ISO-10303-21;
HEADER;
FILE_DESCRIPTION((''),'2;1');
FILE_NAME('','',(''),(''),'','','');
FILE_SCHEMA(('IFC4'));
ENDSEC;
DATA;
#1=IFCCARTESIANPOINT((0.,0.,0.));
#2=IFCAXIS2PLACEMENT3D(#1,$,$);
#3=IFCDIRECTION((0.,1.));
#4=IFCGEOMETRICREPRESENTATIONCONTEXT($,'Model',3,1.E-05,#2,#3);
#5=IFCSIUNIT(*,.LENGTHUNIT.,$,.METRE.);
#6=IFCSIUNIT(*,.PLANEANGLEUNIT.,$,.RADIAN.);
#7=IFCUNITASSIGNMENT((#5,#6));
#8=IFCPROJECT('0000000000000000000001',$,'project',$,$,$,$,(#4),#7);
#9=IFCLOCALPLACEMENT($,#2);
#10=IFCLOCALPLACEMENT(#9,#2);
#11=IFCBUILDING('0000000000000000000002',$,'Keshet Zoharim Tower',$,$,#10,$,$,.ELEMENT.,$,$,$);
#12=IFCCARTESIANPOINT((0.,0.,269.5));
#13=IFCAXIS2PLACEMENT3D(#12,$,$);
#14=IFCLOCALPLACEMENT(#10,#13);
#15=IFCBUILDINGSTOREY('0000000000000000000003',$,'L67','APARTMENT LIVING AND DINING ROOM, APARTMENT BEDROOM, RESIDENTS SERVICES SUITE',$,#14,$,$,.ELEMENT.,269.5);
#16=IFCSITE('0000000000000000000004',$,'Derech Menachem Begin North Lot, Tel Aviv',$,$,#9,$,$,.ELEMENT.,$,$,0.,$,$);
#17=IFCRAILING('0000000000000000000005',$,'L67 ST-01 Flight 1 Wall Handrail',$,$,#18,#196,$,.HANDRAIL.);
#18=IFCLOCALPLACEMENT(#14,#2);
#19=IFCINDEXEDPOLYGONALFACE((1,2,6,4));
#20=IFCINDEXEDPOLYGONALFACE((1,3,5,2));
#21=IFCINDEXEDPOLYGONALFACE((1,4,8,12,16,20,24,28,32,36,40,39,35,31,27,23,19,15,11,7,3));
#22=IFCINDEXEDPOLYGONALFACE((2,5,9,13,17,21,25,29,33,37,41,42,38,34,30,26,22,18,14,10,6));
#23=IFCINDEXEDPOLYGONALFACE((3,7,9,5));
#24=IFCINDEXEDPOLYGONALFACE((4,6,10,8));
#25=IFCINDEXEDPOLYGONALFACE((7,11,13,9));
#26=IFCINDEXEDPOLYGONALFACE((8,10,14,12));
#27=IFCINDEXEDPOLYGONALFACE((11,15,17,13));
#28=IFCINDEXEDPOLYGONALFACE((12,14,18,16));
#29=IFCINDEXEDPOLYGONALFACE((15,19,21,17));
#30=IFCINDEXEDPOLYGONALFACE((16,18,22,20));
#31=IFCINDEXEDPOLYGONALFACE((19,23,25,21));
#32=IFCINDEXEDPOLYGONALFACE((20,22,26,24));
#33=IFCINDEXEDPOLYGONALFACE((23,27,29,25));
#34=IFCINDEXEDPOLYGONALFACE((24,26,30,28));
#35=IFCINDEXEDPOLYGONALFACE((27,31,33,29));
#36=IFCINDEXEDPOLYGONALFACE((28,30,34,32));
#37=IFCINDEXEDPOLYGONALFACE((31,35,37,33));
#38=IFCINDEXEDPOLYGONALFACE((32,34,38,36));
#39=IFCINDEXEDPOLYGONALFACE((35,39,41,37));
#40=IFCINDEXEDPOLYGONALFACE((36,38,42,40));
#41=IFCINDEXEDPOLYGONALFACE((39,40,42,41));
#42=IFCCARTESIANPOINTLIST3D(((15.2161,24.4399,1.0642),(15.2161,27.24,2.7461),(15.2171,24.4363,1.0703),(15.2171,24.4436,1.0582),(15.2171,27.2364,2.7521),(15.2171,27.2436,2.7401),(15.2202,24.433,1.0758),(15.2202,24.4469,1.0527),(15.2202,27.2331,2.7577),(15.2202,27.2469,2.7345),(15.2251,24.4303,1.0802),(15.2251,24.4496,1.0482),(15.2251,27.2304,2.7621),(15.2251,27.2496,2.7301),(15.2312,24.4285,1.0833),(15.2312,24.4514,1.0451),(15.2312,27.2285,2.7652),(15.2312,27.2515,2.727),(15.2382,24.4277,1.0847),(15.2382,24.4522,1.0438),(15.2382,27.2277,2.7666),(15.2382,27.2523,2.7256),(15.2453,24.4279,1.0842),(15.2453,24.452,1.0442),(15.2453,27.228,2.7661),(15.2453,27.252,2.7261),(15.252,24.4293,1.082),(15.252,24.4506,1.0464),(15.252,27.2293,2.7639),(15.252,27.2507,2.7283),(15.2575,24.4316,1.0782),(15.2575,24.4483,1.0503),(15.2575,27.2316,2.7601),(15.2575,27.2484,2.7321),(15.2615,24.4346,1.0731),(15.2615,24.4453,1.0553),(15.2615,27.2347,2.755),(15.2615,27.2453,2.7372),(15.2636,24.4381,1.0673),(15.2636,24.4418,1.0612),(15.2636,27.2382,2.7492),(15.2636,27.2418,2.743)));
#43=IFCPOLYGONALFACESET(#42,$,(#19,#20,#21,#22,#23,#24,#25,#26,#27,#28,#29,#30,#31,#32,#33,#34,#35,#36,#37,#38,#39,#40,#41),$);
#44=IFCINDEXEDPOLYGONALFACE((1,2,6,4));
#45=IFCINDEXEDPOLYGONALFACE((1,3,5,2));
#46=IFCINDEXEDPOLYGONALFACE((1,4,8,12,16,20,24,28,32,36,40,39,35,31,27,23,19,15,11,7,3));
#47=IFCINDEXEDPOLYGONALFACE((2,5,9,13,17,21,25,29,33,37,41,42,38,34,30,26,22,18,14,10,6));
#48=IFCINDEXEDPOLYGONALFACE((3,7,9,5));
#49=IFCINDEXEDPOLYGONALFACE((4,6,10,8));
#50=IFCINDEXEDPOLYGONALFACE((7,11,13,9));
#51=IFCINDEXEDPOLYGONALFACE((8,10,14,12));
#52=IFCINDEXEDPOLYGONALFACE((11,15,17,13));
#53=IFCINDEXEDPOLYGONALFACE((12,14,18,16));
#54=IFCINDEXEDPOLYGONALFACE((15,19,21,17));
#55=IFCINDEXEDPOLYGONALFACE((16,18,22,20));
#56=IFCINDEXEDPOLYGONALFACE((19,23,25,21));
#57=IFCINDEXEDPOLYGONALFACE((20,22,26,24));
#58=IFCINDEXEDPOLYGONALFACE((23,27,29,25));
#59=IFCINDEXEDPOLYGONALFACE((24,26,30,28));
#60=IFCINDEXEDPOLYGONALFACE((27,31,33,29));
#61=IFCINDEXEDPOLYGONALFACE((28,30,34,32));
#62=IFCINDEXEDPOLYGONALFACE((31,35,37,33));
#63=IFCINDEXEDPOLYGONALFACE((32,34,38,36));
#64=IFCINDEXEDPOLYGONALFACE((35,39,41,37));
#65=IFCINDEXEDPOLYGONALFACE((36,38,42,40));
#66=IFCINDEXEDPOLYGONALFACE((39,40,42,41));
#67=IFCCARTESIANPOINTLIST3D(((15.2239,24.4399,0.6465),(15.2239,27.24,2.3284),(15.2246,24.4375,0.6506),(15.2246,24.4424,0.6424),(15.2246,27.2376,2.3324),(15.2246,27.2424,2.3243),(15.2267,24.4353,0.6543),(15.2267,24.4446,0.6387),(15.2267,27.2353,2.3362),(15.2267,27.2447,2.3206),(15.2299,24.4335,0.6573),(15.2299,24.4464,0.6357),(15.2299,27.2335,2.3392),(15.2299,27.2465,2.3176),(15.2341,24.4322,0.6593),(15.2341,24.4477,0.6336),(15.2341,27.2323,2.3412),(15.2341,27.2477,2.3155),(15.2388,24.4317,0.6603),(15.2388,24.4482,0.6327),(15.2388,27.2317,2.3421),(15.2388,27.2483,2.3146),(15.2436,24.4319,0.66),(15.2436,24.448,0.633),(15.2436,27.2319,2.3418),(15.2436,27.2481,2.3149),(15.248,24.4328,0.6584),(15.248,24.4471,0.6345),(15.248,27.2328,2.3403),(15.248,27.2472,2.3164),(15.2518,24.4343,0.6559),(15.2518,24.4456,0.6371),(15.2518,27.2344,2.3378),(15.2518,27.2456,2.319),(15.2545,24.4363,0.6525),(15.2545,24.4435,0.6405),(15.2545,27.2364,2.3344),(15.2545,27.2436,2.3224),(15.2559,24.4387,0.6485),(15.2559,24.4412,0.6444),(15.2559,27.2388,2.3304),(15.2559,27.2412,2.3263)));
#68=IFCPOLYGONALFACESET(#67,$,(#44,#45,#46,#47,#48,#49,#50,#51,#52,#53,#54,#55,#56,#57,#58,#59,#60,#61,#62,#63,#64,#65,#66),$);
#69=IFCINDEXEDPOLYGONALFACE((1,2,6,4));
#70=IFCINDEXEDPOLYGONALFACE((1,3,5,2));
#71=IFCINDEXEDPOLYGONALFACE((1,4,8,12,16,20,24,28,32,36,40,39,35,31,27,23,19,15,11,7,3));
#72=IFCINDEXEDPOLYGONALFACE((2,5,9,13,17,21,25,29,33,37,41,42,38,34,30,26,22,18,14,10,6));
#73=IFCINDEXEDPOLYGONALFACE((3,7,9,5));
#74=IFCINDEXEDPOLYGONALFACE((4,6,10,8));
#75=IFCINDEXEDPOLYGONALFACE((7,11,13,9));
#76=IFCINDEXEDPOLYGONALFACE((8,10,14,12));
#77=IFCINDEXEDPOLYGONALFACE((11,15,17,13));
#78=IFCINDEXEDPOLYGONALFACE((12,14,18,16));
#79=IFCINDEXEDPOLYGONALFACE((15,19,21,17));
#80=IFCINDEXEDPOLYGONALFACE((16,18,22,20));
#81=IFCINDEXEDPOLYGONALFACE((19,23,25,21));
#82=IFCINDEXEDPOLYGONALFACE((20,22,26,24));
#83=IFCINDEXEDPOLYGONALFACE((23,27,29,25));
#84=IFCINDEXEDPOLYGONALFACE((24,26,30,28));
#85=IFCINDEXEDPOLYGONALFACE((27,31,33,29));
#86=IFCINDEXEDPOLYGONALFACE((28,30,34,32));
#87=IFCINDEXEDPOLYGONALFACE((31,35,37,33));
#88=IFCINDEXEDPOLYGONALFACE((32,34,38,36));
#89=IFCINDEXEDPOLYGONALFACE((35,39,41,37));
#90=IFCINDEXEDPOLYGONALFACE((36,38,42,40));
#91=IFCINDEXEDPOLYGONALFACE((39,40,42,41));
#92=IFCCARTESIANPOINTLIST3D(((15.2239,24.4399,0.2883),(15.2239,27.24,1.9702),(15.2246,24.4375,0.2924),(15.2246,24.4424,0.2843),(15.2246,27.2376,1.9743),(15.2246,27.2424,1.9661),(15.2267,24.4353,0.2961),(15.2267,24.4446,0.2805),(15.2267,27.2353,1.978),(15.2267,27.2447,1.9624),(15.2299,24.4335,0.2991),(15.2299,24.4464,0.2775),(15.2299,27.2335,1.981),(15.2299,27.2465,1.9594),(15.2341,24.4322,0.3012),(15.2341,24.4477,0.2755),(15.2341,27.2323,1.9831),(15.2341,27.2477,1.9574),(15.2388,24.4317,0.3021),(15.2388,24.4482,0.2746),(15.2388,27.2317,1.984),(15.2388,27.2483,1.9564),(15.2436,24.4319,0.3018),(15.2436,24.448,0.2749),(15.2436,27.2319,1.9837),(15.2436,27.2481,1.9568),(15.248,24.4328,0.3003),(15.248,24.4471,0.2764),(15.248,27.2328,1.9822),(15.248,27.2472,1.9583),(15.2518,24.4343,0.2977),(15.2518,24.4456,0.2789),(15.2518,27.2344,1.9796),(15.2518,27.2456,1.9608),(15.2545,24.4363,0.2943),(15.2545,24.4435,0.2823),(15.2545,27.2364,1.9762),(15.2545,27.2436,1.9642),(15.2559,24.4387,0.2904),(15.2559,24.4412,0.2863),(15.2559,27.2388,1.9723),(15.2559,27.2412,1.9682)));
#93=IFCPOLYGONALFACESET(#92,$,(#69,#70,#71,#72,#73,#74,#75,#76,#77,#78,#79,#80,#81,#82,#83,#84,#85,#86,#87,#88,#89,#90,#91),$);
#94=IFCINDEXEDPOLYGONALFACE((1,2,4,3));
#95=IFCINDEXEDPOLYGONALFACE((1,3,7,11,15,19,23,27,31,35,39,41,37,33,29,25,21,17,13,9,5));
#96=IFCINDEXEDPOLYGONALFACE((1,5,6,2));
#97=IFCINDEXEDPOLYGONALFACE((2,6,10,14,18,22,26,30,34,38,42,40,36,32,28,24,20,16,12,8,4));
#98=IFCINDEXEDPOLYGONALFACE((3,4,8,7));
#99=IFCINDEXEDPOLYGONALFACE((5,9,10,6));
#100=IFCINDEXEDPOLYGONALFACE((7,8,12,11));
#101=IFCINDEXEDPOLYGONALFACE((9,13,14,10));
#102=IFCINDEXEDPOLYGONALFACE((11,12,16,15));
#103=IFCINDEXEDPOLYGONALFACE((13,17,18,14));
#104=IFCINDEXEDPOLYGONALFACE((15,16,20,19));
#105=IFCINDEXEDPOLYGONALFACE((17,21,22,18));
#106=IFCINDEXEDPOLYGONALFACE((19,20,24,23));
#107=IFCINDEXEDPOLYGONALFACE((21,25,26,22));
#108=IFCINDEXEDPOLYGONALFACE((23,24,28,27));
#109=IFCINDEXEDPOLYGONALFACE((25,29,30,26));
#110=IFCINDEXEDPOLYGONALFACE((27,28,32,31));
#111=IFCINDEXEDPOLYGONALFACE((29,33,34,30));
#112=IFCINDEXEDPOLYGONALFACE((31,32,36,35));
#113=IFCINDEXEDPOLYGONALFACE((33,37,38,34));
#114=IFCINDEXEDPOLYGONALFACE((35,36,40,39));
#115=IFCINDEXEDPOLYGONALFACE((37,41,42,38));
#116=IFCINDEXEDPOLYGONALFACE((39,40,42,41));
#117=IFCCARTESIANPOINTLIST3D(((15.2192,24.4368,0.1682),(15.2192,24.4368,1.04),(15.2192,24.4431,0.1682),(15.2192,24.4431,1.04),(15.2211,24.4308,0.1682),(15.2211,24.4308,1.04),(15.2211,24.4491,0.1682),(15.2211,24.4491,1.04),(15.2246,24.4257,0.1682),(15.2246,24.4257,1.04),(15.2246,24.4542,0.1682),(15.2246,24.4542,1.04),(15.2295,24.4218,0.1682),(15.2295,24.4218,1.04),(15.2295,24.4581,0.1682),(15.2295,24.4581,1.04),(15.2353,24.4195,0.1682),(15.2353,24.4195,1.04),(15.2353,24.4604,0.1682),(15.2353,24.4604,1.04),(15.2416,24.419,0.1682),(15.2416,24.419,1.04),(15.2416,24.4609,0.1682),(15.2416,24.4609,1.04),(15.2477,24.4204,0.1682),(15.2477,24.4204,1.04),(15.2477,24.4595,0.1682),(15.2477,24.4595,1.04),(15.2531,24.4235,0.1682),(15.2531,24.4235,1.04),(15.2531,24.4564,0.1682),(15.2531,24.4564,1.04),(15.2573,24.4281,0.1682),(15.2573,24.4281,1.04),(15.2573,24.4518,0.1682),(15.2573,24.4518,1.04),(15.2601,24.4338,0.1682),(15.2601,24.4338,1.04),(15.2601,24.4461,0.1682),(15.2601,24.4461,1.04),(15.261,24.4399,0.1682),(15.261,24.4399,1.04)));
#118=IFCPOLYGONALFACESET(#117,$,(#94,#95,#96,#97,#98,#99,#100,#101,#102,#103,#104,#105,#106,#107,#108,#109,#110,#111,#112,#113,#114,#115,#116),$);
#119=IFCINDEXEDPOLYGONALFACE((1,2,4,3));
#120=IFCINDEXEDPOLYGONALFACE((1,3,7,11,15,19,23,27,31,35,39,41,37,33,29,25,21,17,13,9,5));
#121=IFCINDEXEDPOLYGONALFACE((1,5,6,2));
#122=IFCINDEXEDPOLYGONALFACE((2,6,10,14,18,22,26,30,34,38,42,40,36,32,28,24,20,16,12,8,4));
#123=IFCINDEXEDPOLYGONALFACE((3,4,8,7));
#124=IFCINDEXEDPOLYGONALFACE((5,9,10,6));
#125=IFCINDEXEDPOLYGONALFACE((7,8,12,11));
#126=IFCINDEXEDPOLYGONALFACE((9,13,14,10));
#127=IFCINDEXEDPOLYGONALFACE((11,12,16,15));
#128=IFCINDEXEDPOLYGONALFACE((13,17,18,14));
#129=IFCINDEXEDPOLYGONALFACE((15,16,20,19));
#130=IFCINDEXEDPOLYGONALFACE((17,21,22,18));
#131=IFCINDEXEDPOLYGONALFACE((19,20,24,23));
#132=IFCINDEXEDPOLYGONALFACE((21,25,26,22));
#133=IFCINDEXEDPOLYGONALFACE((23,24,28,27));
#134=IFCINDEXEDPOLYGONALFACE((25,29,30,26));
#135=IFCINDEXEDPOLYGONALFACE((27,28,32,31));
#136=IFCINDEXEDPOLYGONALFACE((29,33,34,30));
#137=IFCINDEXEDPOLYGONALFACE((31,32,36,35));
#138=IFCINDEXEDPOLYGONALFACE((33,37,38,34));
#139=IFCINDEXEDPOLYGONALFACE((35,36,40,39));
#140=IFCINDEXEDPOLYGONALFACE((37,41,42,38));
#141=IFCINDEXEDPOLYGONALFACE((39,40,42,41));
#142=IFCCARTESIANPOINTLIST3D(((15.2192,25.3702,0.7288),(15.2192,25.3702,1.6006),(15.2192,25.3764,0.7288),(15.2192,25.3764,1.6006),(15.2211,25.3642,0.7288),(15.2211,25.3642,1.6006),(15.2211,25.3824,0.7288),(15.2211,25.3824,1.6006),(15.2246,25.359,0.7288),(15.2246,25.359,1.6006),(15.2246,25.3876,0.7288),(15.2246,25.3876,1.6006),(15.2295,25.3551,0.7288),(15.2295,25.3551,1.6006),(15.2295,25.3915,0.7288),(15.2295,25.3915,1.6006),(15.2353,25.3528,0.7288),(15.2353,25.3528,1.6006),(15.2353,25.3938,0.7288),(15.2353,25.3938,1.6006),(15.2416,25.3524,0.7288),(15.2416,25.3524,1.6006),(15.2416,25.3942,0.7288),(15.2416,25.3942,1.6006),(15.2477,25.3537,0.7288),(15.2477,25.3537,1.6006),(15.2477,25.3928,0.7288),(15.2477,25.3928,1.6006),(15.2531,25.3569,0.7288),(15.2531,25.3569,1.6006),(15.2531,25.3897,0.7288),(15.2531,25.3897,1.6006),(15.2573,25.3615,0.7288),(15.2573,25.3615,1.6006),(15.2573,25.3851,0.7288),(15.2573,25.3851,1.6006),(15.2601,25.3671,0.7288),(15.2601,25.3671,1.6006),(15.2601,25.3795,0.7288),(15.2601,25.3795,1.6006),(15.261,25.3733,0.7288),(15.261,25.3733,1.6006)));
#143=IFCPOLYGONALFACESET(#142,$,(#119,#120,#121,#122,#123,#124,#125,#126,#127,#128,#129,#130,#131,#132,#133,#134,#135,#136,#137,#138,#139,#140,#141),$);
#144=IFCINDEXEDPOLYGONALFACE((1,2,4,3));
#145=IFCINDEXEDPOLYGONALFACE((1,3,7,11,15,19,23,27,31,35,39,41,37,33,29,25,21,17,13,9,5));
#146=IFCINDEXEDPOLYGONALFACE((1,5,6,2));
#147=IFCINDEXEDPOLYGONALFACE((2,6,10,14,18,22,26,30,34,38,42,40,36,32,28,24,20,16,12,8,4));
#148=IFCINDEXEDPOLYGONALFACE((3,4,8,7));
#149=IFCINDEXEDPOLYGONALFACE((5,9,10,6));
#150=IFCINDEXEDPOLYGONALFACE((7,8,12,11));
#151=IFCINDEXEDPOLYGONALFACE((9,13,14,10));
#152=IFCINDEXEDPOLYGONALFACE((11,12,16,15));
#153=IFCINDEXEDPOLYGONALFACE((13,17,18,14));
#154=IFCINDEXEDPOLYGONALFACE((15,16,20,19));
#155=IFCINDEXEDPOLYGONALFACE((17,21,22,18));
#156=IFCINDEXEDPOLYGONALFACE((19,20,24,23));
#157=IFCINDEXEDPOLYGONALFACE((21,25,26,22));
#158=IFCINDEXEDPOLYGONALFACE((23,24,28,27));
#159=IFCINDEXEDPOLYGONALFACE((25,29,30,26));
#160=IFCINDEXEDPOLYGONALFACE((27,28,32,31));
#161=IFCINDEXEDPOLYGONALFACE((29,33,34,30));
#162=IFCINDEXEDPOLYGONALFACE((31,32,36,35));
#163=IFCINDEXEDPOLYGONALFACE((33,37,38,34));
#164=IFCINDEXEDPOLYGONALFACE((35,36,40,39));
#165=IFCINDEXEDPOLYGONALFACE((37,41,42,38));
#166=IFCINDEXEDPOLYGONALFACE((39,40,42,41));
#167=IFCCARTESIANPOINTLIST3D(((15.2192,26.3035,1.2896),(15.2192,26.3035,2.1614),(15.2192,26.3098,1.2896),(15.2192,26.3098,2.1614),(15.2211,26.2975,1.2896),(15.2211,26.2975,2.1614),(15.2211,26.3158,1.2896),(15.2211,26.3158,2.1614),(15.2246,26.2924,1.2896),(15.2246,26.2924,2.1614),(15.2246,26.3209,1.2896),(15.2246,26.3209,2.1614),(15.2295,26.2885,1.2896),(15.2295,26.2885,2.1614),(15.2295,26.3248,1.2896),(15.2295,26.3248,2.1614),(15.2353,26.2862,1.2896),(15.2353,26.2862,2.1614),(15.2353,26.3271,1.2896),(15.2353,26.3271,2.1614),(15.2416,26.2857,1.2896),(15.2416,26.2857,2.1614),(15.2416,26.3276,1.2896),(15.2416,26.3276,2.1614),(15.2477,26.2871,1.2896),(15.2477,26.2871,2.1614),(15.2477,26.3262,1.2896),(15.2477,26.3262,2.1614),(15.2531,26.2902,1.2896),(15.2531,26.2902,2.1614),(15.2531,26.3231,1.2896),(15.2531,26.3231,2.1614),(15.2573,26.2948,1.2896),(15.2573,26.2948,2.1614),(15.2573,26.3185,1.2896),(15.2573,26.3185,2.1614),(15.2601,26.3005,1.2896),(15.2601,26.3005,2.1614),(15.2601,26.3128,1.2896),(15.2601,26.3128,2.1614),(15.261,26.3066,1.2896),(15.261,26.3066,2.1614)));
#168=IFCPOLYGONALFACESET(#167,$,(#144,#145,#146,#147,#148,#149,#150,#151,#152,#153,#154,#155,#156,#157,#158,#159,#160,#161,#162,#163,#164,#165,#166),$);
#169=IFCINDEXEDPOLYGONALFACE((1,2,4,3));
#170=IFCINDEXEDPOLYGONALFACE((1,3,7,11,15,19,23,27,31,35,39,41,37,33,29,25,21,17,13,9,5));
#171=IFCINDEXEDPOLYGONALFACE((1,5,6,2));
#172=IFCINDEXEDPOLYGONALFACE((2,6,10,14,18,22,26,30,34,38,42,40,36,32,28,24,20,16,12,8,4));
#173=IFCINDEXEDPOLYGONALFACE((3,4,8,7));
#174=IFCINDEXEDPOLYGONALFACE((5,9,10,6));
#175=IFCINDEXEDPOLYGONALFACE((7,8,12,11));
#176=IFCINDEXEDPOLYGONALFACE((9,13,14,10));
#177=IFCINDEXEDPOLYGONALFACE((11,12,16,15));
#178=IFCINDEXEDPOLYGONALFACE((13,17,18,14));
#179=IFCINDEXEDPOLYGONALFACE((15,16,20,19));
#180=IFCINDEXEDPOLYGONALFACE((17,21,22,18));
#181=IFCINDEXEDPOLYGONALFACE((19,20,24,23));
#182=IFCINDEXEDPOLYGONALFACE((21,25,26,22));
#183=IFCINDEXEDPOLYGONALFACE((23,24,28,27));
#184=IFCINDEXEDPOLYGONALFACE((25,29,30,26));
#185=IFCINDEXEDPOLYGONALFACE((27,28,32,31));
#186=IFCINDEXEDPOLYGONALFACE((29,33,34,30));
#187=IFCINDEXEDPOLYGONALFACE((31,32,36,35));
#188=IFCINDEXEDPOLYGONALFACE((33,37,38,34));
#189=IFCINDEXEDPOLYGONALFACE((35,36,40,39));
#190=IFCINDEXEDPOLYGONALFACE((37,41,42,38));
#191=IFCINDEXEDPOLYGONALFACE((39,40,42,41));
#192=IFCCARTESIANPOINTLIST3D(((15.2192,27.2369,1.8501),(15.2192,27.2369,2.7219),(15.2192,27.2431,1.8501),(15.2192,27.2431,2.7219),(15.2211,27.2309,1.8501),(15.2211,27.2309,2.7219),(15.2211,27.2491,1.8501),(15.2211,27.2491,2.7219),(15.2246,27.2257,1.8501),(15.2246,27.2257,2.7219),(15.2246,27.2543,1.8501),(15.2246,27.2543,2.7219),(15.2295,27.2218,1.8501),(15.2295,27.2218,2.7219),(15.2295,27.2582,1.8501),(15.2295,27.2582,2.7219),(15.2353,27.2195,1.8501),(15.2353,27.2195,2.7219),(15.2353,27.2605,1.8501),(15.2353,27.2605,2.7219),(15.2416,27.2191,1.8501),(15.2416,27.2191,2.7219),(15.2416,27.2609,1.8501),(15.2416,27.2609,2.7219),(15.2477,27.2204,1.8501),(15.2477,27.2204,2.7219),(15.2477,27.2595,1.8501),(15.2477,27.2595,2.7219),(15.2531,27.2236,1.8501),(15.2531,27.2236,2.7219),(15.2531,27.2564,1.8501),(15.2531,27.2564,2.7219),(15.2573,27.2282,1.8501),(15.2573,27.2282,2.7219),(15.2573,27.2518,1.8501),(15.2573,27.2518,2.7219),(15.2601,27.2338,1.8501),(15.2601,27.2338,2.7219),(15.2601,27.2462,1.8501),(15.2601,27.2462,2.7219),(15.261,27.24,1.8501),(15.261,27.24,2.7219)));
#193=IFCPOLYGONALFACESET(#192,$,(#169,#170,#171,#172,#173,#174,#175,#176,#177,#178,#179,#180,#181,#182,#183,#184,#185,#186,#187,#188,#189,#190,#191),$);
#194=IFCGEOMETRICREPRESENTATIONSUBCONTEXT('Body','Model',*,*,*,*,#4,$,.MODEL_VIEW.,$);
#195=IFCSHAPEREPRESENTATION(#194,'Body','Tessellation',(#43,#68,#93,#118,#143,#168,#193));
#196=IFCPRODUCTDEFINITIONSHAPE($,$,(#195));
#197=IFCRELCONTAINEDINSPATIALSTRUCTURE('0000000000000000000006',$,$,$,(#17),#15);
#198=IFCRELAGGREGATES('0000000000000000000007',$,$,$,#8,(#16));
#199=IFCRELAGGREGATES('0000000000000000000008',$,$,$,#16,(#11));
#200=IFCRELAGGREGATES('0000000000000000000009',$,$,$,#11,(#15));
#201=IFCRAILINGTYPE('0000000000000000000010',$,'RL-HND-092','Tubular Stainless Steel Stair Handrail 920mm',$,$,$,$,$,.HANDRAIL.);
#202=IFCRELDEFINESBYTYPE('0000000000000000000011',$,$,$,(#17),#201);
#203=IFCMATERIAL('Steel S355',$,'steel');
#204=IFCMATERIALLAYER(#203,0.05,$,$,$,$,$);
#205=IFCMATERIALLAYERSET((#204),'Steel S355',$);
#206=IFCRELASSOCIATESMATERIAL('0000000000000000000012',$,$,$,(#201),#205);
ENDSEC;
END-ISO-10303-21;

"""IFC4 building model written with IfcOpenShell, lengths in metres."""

from ifc_helpers import new_model, si_unit, direction, frame, origin, origin_2d, place, context, subcontext, project, spatial, circle, extrude, material, layer, layer_set, type_object, element, save


model = new_model("IFC4")

# Units and contexts
model_context = context("Model", 3, precision=1e-05, world=origin(), true_north=direction((0.0, 1.0)))
body_context = subcontext(model_context, "Body", "Model", "MODEL_VIEW")
ifc_project = project(units=[si_unit("LENGTHUNIT", "METRE"), si_unit("PLANEANGLEUNIT", "RADIAN")], contexts=[model_context])

# Site, building, storey
site_placement = place(None, origin())
site = spatial("IfcSite", under=ifc_project, at=site_placement, Name="Derech Menachem Begin North Lot, Tel Aviv", CompositionType="ELEMENT", RefElevation=0.0)
building_placement = place(site_placement, origin())
building = spatial("IfcBuilding", under=site, at=building_placement, Name="Keshet Zoharim Tower", CompositionType="ELEMENT")
storey_placement = place(building_placement, frame((0.0, 0.0, 269.5)))
storey = spatial("IfcBuildingStorey", under=building, at=storey_placement, Name="L67", Description="APARTMENT LIVING AND DINING ROOM, APARTMENT BEDROOM, RESIDENTS SERVICES SUITE", CompositionType="ELEMENT", Elevation=269.5)

# Shared definitions
ifc_material_1 = material(Name="Steel S355", Category="steel")

# Railing
ifc_layer_1 = layer(ifc_material_1, 0.05)
ifc_layer_set_1 = layer_set([ifc_layer_1], Name="Steel S355")
railing_type_1 = type_object("IfcRailingType", Name="RL-HND-092", Description="Tubular Stainless Steel Stair Handrail 920mm", PredefinedType="HANDRAIL", material=ifc_layer_set_1)
railing_1_placement = place(storey_placement, frame((15.24, 24.4399, 0.1682)))
element("IfcRailing", 1, at=railing_1_placement, inside=storey, type_object=railing_type_1, Name="L67 ST-01 Flight 1 Wall Handrail", PredefinedType="HANDRAIL", context=body_context, shape_type="SweptSolid", body=[
    extrude(circle(Radius=0.0239, at=origin_2d()), frame((0.0, 0.0, 0.896), z_axis=(0.0, 0.857242, 0.514913), x_axis=(-1.0, 0.0, 0.0)), (0.0, 0.0, 1.0), 3.2664),
    extrude(circle(Radius=0.0161, at=origin_2d()), frame((0.0, 0.0, 0.4783), z_axis=(0.0, 0.857242, 0.514913), x_axis=(-1.0, 0.0, 0.0)), (0.0, 0.0, 1.0), 3.2664),
    extrude(circle(Radius=0.0161, at=origin_2d()), frame((0.0, 0.0, 0.1201), z_axis=(0.0, 0.857242, 0.514913), x_axis=(-1.0, 0.0, 0.0)), (0.0, 0.0, 1.0), 3.2664),
    extrude(circle(Radius=0.021, at=origin_2d()), origin(), (0.0, 0.0, 1.0), 0.8718),
    extrude(circle(Radius=0.021, at=origin_2d()), frame((0.0, 0.9333, 0.5605)), (0.0, 0.0, 1.0), 0.8718),
    extrude(circle(Radius=0.021, at=origin_2d()), frame((0.0, 1.8667, 1.1213)), (0.0, 0.0, 1.0), 0.8718),
    extrude(circle(Radius=0.021, at=origin_2d()), frame((0.0, 2.8, 1.6819)), (0.0, 0.0, 1.0), 0.8718),
])

save(model, "model.ifc")
